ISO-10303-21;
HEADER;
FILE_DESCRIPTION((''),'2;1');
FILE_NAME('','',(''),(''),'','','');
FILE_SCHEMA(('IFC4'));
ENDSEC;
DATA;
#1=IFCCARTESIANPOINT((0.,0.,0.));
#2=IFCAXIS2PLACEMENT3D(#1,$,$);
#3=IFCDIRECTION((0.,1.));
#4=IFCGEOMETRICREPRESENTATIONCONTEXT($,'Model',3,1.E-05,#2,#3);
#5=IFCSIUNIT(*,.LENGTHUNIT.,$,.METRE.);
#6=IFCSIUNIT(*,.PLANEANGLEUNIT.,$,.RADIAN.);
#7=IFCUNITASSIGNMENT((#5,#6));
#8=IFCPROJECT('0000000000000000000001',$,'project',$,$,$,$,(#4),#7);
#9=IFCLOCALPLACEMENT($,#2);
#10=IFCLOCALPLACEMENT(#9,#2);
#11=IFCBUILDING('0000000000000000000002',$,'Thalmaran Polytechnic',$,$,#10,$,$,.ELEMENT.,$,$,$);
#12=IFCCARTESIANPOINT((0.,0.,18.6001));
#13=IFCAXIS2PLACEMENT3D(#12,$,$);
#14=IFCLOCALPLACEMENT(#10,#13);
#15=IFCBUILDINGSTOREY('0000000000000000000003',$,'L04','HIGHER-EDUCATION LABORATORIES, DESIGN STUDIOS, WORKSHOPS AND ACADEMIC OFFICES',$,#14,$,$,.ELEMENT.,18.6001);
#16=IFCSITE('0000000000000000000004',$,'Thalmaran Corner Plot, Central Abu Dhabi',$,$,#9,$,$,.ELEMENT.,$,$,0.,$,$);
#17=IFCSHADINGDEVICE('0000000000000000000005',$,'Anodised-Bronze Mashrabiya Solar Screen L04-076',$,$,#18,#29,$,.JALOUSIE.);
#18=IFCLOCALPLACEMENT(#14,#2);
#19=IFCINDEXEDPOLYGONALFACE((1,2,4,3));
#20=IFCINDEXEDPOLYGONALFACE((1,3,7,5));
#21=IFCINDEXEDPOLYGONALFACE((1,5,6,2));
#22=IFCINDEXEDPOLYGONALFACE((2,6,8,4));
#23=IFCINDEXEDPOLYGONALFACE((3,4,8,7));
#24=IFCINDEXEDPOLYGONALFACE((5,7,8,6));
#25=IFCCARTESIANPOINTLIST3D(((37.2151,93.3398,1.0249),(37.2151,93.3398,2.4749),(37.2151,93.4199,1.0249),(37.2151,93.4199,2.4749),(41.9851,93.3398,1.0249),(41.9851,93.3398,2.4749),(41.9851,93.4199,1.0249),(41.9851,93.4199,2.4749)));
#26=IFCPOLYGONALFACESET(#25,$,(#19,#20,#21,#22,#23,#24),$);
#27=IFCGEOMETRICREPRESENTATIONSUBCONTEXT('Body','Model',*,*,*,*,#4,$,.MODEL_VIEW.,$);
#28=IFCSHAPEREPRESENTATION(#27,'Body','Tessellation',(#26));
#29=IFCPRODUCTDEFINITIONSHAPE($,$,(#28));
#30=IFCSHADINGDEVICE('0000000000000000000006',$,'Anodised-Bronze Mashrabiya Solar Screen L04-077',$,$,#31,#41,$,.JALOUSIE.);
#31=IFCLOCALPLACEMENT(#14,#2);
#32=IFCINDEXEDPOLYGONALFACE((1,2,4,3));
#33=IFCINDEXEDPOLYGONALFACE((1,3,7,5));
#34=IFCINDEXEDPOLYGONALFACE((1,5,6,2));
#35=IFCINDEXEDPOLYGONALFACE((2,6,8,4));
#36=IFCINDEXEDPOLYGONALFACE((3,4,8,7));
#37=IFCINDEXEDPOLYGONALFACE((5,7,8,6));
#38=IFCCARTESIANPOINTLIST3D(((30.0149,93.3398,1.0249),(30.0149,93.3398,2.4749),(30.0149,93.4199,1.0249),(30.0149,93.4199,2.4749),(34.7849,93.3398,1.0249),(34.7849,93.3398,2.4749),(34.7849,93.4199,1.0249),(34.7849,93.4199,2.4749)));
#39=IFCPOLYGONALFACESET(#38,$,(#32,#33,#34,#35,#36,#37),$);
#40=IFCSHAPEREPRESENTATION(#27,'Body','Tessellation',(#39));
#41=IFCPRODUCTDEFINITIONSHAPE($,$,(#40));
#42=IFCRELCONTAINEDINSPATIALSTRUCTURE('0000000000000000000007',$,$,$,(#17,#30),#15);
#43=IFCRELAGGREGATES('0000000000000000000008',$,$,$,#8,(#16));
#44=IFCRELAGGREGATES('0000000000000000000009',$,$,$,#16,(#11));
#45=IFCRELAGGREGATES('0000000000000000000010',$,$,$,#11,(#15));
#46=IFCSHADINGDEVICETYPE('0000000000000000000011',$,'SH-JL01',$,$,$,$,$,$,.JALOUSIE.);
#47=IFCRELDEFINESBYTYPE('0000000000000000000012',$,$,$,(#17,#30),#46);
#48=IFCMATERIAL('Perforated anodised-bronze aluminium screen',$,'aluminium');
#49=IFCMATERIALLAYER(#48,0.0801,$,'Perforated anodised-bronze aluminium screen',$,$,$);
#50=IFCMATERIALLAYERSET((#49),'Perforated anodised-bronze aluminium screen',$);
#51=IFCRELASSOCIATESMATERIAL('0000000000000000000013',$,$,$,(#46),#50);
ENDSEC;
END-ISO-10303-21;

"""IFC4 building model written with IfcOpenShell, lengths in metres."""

from ifc_helpers import new_model, si_unit, direction, frame, origin, origin_2d, place, context, subcontext, project, spatial, rectangle, extrude, material, layer, layer_set, type_object, element, save


model = new_model("IFC4")

# Units and contexts
model_context = context("Model", 3, precision=1e-05, world=origin(), true_north=direction((0.0, 1.0)))
body_context = subcontext(model_context, "Body", "Model", "MODEL_VIEW")
ifc_project = project(units=[si_unit("LENGTHUNIT", "METRE"), si_unit("PLANEANGLEUNIT", "RADIAN")], contexts=[model_context])

# Site, building, storey
site_placement = place(None, origin())
site = spatial("IfcSite", under=ifc_project, at=site_placement, Name="Thalmaran Corner Plot, Central Abu Dhabi", CompositionType="ELEMENT", RefElevation=0.0)
building_placement = place(site_placement, origin())
building = spatial("IfcBuilding", under=site, at=building_placement, Name="Thalmaran Polytechnic", CompositionType="ELEMENT")
storey_placement = place(building_placement, frame((0.0, 0.0, 18.6001)))
storey = spatial("IfcBuildingStorey", under=building, at=storey_placement, Name="L04", Description="HIGHER-EDUCATION LABORATORIES, DESIGN STUDIOS, WORKSHOPS AND ACADEMIC OFFICES", CompositionType="ELEMENT", Elevation=18.6001)

# Shading devices
ifc_material_1 = material(Name="Perforated anodised-bronze aluminium screen", Category="aluminium")
ifc_layer_1 = layer(ifc_material_1, 0.0801, Name="Perforated anodised-bronze aluminium screen")
ifc_layer_set_1 = layer_set([ifc_layer_1], Name="Perforated anodised-bronze aluminium screen")
shading_device_type = type_object("IfcShadingDeviceType", Name="SH-JL01", PredefinedType="JALOUSIE", material=ifc_layer_set_1)
for number, where, z_axis, x_axis, name in (
    (1, (39.6001, 93.3799, 1.0249), (0.0, 0.0, 1.0), (-1.0, 0.0, 0.0), "Anodised-Bronze Mashrabiya Solar Screen L04-076"),
    (2, (32.3999, 93.3799, 1.0249), (0.0, 0.0, 1.0), (-1.0, 0.0, 0.0), "Anodised-Bronze Mashrabiya Solar Screen L04-077"),
):
    element("IfcShadingDevice", number, at=place(storey_placement, frame(where, z_axis=z_axis, x_axis=x_axis)), inside=storey, type_object=shading_device_type, Name=name, PredefinedType="JALOUSIE", context=body_context, shape_type="SweptSolid", body=[
        extrude(rectangle(XDim=4.77, YDim=0.0801, at=origin_2d()), origin(), (0.0, 0.0, 1.0), 1.45),
    ])

save(model, "model.ifc")
